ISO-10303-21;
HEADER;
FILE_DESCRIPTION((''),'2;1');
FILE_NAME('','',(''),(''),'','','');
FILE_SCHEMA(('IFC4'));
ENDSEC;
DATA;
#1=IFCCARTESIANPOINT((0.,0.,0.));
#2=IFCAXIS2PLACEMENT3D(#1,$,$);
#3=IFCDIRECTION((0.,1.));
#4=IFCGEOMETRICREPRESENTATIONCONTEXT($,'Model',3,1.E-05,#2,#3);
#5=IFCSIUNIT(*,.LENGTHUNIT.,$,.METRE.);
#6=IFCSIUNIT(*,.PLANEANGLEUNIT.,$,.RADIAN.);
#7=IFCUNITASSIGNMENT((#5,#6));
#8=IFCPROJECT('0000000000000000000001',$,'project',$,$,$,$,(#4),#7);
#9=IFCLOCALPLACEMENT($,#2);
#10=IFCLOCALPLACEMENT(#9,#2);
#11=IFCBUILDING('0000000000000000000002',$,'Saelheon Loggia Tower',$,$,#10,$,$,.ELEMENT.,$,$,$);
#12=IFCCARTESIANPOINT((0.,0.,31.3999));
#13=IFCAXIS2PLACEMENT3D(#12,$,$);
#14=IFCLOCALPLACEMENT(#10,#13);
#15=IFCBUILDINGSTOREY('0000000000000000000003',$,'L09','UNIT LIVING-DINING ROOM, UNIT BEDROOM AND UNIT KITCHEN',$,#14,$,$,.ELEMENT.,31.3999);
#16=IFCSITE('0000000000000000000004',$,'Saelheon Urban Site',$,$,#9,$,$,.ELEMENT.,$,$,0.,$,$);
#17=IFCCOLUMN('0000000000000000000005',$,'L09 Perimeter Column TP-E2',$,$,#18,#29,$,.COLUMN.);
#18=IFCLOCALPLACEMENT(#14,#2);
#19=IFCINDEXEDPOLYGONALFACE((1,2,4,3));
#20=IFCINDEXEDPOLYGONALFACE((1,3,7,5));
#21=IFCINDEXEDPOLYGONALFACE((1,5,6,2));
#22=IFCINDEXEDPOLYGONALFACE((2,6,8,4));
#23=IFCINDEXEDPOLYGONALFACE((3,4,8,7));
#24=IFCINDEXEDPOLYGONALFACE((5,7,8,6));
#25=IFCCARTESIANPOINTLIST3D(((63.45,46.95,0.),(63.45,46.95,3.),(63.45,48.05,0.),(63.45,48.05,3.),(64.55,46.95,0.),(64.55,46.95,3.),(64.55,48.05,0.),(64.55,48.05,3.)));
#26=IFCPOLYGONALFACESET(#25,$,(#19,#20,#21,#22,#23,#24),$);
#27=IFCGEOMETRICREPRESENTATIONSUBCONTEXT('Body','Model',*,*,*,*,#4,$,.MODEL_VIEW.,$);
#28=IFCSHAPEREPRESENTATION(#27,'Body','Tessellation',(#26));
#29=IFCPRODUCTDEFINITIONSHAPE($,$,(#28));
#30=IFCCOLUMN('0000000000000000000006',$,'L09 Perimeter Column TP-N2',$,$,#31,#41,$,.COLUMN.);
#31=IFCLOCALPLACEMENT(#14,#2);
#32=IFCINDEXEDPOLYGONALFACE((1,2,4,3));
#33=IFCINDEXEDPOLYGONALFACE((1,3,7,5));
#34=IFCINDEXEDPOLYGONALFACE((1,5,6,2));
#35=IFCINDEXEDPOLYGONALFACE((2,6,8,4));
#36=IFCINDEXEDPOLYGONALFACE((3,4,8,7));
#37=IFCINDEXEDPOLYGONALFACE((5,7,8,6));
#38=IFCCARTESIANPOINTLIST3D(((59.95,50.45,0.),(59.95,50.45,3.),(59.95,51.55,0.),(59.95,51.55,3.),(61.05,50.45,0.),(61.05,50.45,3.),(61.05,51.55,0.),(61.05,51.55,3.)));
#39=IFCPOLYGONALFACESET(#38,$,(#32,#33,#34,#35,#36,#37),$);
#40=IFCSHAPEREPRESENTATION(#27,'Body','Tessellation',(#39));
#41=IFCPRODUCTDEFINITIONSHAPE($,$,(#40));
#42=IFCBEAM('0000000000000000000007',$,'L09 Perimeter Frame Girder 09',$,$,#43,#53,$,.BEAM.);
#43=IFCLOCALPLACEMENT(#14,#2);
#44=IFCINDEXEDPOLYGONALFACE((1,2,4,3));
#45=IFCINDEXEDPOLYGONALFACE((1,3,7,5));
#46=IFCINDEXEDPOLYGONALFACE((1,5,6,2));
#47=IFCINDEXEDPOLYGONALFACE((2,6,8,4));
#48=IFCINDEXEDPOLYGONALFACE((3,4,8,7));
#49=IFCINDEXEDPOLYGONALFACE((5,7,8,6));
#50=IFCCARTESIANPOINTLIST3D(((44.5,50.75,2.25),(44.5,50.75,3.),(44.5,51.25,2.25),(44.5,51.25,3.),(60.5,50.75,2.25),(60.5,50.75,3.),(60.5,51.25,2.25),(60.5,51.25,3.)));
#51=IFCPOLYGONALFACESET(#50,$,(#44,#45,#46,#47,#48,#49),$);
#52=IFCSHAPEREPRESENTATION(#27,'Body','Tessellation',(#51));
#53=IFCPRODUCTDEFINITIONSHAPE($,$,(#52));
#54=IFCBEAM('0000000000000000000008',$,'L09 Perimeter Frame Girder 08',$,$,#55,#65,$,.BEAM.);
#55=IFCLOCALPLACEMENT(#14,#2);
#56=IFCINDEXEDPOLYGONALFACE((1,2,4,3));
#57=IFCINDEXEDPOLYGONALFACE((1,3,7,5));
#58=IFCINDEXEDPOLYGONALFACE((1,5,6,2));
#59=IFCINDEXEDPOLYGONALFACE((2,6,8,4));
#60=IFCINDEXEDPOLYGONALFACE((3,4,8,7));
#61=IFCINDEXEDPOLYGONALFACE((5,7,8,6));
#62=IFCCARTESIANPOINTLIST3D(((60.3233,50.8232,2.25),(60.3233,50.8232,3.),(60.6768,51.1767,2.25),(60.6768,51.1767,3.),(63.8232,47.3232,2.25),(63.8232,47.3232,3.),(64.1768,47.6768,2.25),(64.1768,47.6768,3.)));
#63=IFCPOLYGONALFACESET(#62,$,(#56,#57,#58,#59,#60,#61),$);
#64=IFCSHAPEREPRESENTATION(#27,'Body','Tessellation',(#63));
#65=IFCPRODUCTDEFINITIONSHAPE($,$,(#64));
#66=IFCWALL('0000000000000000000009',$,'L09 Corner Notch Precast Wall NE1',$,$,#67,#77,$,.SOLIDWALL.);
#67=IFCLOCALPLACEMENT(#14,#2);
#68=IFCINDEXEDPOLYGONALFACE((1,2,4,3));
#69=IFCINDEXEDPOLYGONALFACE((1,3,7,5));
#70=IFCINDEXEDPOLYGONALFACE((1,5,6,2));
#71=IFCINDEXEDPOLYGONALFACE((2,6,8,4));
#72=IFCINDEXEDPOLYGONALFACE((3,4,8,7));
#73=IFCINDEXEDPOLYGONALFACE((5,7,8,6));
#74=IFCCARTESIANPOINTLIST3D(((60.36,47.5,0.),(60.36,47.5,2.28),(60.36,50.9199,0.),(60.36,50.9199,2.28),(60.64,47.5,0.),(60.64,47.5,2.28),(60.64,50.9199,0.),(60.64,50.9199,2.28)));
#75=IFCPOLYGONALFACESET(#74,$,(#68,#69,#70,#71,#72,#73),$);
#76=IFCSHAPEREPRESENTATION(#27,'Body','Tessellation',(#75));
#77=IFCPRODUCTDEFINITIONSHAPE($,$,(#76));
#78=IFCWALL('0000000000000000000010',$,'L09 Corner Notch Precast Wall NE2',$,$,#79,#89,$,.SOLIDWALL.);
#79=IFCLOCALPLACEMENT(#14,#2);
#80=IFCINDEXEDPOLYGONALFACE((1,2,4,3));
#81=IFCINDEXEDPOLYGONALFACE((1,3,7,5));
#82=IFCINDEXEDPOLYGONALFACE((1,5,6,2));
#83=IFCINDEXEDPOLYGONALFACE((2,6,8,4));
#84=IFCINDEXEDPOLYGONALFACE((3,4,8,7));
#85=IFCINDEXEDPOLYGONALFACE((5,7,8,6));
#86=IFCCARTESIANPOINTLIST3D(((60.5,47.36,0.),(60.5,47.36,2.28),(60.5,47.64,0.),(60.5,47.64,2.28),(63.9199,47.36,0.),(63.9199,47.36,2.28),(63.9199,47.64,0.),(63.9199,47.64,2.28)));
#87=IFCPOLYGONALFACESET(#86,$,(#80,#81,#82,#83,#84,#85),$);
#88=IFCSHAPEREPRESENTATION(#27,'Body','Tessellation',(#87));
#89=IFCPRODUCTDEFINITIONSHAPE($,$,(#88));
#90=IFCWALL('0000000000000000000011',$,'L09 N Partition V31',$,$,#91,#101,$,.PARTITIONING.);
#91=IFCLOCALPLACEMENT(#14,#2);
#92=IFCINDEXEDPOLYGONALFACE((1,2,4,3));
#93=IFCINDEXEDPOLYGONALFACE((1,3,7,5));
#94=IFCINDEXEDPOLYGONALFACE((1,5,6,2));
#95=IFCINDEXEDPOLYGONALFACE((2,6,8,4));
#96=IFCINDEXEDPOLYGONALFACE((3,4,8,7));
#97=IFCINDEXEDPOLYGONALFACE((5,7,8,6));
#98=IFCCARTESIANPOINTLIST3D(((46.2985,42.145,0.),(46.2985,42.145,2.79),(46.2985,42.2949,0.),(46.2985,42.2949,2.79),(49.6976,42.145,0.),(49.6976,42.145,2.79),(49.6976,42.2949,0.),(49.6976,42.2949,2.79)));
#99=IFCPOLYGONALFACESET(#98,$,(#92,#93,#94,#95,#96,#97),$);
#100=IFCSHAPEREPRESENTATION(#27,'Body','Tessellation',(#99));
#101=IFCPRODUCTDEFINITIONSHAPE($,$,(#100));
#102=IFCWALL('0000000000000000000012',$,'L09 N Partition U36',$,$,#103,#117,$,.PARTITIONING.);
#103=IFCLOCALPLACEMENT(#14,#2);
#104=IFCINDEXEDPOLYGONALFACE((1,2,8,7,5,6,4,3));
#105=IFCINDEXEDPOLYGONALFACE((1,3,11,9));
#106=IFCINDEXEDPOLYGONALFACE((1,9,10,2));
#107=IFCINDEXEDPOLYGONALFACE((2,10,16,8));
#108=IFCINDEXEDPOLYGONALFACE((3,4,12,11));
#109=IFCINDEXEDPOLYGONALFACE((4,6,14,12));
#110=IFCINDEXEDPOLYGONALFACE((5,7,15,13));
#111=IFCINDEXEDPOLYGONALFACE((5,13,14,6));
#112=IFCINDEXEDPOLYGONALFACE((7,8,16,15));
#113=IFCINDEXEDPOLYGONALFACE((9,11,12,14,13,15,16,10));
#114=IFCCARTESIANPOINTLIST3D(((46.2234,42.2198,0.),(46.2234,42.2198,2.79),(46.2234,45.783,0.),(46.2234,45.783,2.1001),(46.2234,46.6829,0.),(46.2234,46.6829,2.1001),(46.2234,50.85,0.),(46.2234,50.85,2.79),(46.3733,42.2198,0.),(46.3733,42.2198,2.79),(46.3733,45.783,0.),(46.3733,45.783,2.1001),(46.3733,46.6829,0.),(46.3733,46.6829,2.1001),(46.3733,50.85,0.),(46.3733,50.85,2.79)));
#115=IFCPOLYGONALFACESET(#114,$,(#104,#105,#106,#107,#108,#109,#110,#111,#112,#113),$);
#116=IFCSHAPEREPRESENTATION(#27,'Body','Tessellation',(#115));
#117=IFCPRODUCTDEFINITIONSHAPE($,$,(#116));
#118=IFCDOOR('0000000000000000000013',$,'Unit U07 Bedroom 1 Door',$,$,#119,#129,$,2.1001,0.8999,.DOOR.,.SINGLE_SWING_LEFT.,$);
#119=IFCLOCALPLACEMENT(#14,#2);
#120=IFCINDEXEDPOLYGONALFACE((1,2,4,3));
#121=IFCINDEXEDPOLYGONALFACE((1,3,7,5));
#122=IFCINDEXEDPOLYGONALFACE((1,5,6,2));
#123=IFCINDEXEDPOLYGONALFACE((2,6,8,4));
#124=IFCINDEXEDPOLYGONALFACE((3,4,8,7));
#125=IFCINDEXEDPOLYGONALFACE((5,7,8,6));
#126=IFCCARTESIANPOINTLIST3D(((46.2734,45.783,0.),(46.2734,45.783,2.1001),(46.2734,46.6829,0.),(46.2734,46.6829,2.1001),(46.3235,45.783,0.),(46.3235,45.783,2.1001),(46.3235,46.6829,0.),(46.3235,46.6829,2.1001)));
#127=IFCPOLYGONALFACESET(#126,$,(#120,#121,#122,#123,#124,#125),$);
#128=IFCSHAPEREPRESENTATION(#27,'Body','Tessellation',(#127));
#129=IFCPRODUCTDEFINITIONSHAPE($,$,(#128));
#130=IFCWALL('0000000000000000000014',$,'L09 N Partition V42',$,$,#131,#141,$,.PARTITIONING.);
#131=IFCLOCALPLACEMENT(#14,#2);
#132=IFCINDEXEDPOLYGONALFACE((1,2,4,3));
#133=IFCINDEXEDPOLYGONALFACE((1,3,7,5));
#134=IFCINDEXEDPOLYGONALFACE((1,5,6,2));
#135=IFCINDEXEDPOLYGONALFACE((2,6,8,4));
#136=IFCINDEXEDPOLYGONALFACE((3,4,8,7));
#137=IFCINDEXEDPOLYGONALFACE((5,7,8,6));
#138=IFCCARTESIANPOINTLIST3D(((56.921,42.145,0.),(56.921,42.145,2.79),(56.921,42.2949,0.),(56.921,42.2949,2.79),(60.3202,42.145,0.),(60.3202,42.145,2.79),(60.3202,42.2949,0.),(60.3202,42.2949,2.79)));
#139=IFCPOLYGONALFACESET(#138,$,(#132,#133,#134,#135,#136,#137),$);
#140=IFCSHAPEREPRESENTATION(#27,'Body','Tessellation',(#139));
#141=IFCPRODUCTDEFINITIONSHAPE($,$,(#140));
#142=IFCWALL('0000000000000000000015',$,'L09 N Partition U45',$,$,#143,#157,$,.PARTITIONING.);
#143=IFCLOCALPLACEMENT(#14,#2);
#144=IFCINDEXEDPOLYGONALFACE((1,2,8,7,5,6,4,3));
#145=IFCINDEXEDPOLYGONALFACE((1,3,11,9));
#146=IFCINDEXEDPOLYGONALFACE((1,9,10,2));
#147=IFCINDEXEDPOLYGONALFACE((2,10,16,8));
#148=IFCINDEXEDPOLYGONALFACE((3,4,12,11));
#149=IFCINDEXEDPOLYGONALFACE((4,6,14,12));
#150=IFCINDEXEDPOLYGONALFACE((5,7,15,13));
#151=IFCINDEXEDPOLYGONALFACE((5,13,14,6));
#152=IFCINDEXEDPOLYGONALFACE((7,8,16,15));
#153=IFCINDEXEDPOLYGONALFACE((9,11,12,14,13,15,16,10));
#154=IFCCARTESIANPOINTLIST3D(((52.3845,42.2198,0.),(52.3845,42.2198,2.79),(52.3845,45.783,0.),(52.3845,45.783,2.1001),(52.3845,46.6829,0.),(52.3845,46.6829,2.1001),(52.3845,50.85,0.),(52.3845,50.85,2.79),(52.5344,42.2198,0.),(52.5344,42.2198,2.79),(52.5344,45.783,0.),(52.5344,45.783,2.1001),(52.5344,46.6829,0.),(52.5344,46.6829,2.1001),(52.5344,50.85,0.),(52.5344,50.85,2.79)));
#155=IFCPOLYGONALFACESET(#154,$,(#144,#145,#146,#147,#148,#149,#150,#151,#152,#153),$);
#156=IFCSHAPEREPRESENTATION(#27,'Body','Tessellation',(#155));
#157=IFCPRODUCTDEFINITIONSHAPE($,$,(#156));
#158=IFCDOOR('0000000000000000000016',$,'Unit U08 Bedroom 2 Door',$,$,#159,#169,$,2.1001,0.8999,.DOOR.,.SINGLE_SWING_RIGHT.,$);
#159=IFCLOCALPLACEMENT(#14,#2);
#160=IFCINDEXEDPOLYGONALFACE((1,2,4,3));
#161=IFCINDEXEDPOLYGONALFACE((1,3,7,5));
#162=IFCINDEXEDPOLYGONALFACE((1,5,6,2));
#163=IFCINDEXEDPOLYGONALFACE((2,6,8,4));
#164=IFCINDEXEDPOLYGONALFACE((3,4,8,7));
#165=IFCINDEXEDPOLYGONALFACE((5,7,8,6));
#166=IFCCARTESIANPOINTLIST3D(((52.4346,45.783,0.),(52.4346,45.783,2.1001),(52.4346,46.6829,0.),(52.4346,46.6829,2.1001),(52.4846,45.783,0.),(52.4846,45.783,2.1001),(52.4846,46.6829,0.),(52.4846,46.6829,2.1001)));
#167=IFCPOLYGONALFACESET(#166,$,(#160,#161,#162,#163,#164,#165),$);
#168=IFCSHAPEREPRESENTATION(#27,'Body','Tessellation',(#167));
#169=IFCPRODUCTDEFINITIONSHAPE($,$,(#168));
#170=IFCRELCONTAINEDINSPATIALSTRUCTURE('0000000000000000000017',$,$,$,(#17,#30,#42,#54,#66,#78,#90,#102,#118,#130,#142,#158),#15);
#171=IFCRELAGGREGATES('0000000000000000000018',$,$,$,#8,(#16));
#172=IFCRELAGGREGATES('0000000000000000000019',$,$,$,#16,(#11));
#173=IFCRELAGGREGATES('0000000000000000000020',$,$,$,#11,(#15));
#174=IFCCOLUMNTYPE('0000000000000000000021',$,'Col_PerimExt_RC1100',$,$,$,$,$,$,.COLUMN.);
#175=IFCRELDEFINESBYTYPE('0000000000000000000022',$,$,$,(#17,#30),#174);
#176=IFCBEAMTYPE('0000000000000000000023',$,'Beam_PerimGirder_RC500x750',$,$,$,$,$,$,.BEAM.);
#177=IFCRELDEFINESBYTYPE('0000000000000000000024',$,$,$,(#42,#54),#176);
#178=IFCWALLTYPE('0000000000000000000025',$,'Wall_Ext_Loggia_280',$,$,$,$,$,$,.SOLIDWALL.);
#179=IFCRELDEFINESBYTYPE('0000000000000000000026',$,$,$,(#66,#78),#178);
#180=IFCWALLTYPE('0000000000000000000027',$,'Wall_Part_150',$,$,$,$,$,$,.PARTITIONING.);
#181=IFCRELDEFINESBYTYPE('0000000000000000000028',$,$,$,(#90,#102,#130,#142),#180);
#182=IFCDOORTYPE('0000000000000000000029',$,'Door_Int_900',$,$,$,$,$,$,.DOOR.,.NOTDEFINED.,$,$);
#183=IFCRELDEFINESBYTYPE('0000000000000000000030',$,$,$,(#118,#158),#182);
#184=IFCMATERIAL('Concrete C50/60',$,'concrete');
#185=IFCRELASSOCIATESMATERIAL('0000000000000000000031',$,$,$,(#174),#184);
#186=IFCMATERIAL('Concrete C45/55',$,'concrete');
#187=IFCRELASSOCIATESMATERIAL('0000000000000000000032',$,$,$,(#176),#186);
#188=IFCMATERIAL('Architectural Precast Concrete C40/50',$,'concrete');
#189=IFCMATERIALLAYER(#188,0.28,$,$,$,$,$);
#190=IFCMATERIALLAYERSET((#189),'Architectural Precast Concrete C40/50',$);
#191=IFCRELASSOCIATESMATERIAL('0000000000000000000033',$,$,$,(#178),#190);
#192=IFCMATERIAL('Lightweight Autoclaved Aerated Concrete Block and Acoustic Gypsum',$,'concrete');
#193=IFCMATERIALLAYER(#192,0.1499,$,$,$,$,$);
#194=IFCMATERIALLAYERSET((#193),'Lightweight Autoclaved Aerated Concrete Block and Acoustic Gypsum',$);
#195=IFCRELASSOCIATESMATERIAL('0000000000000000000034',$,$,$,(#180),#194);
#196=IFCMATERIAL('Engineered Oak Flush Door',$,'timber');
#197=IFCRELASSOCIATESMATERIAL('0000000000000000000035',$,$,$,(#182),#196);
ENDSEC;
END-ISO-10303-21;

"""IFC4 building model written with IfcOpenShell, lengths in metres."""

from ifc_helpers import new_model, si_unit, direction, frame, frame_2d, origin, origin_2d, place, context, subcontext, project, spatial, rectangle, extrude, source, transform, mapped, material, layer, layer_set, material_profile, profile_set, type_object, element, fill, save


model = new_model("IFC4")

# Units and contexts
model_context = context("Model", 3, precision=1e-05, world=origin(), true_north=direction((0.0, 1.0)))
body_context = subcontext(model_context, "Body", "Model", "MODEL_VIEW")
ifc_project = project(units=[si_unit("LENGTHUNIT", "METRE"), si_unit("PLANEANGLEUNIT", "RADIAN")], contexts=[model_context])

# Site, building, storey
site_placement = place(None, origin())
site = spatial("IfcSite", under=ifc_project, at=site_placement, Name="Saelheon Urban Site", CompositionType="ELEMENT", RefElevation=0.0)
building_placement = place(site_placement, origin())
building = spatial("IfcBuilding", under=site, at=building_placement, Name="Saelheon Loggia Tower", CompositionType="ELEMENT")
storey_placement = place(building_placement, frame((0.0, 0.0, 31.3999)))
storey = spatial("IfcBuildingStorey", under=building, at=storey_placement, Name="L09", Description="UNIT LIVING-DINING ROOM, UNIT BEDROOM AND UNIT KITCHEN", CompositionType="ELEMENT", Elevation=31.3999)

# Columns
ifc_material_1 = material(Name="Concrete C50/60", Category="concrete")
ifc_material_profile_1 = material_profile(ifc_material_1, rectangle(XDim=1.1001, YDim=1.1001, at=origin_2d()), Name="RC-1100x1100")
ifc_profile_set_1 = profile_set([ifc_material_profile_1], Name="Concrete C50/60")
column_type = type_object("IfcColumnType", Name="Col_PerimExt_RC1100", PredefinedType="COLUMN", material=ifc_profile_set_1)
shared_shape_1 = source(origin(), body_context, "Body", "SweptSolid", [
    extrude(rectangle(XDim=1.1001, YDim=1.1001, at=origin_2d()), origin(), (0.0, 0.0, 1.0), 3.0),
])
for number, where, z_axis, x_axis, name in (
    (1, (64.0, 47.5, 0.0), (0.0, 0.0, 1.0), (1.0, 0.0, 0.0), "L09 Perimeter Column TP-E2"),
    (2, (60.5, 51.0, 0.0), (0.0, 0.0, 1.0), (1.0, 0.0, 0.0), "L09 Perimeter Column TP-N2"),
):
    element("IfcColumn", number, at=place(storey_placement, frame(where, z_axis=z_axis, x_axis=x_axis)), inside=storey, type_object=column_type, Name=name, PredefinedType="COLUMN", context=body_context, shape_type="MappedRepresentation", body=[
        mapped(shared_shape_1, transform((0.0, 0.0, 0.0), scale=1.0)),
    ])

# Beams
ifc_material_2 = material(Name="Concrete C45/55", Category="concrete")
ifc_material_profile_2 = material_profile(ifc_material_2, rectangle(XDim=0.5, YDim=0.75, at=origin_2d()), Name="RC-500x750")
ifc_profile_set_2 = profile_set([ifc_material_profile_2], Name="Concrete C45/55")
beam_type = type_object("IfcBeamType", Name="Beam_PerimGirder_RC500x750", PredefinedType="BEAM", material=ifc_profile_set_2)
shared_shape_2 = source(origin(), body_context, "Body", "SweptSolid", [
    extrude(rectangle(XDim=0.5, YDim=0.75, at=origin_2d()), origin(), (0.0, 0.0, 1.0), 16.0),
])
beam_1_placement = place(storey_placement, frame((60.5, 51.0, 2.625), z_axis=(-1.0, 0.0, 0.0), x_axis=(0.0, -1.0, 0.0)))
element("IfcBeam", 3, at=beam_1_placement, inside=storey, type_object=beam_type, Name="L09 Perimeter Frame Girder 09", PredefinedType="BEAM", context=body_context, shape_type="MappedRepresentation", body=[
    mapped(shared_shape_2, transform((0.0, 0.0, 0.0), scale=1.0)),
])
shared_shape_3 = source(origin(), body_context, "Body", "SweptSolid", [
    extrude(rectangle(XDim=0.5, YDim=0.75, at=origin_2d()), origin(), (0.0, 0.0, 1.0), 4.9497),
])
beam_2_placement = place(storey_placement, frame((64.0, 47.5, 2.625), z_axis=(-0.707107, 0.707107, 0.0), x_axis=(-0.707107, -0.707107, 0.0)))
element("IfcBeam", 4, at=beam_2_placement, inside=storey, type_object=beam_type, Name="L09 Perimeter Frame Girder 08", PredefinedType="BEAM", context=body_context, shape_type="MappedRepresentation", body=[
    mapped(shared_shape_3, transform((0.0, 0.0, 0.0), scale=1.0)),
])

# Walls
ifc_material_3 = material(Name="Architectural Precast Concrete C40/50", Category="concrete")
ifc_layer_1 = layer(ifc_material_3, 0.28)
ifc_layer_set_1 = layer_set([ifc_layer_1], Name="Architectural Precast Concrete C40/50")
wall_type_1 = type_object("IfcWallType", Name="Wall_Ext_Loggia_280", PredefinedType="SOLIDWALL", material=ifc_layer_set_1)
for number, where, z_axis, x_axis, name in (
    (5, (60.5, 47.5, 0.0), (0.0, 0.0, 1.0), (0.0, 1.0, 0.0), "L09 Corner Notch Precast Wall NE1"),
    (6, (60.5, 47.5, 0.0), (0.0, 0.0, 1.0), (1.0, 0.0, 0.0), "L09 Corner Notch Precast Wall NE2"),
):
    element("IfcWall", number, at=place(storey_placement, frame(where, z_axis=z_axis, x_axis=x_axis)), inside=storey, type_object=wall_type_1, Name=name, PredefinedType="SOLIDWALL", context=body_context, shape_type="SweptSolid", body=[
        extrude(rectangle(XDim=3.4199, YDim=0.28, at=frame_2d((1.71, 0.0))), origin(), (0.0, 0.0, 1.0), 2.28),
    ])
ifc_material_4 = material(Name="Lightweight Autoclaved Aerated Concrete Block and Acoustic Gypsum", Category="concrete")
ifc_layer_2 = layer(ifc_material_4, 0.1499)
ifc_layer_set_2 = layer_set([ifc_layer_2], Name="Lightweight Autoclaved Aerated Concrete Block and Acoustic Gypsum")
wall_type_2 = type_object("IfcWallType", Name="Wall_Part_150", PredefinedType="PARTITIONING", material=ifc_layer_set_2)
wall_1_placement = place(storey_placement, frame((46.2983, 42.22, 0.0), z_axis=(0.0, 0.0, 1.0), x_axis=(1.0, 0.0, 0.0)))
element("IfcWall", 7, at=wall_1_placement, inside=storey, type_object=wall_type_2, Name="L09 N Partition V31", PredefinedType="PARTITIONING", context=body_context, shape_type="SweptSolid", body=[
    extrude(rectangle(XDim=3.3992, YDim=0.1499, at=frame_2d((1.6997, 0.0))), origin(), (0.0, 0.0, 1.0), 2.79),
])

# Wall, opening, door
wall_2_placement = place(storey_placement, frame((46.2983, 42.22, 0.0), z_axis=(0.0, 0.0, 1.0), x_axis=(0.0, 1.0, 0.0)))
wall_2 = element("IfcWall", 8, at=wall_2_placement, inside=storey, type_object=wall_type_2, Name="L09 N Partition U36", PredefinedType="PARTITIONING", context=body_context, shape_type="SweptSolid", body=[
    extrude(rectangle(XDim=8.6301, YDim=0.1499, at=frame_2d((4.3149, 0.0))), origin(), (0.0, 0.0, 1.0), 2.79),
])
opening_1_placement = place(wall_2_placement, frame((3.563, 0.0, 0.0)))
opening_1 = element("IfcOpeningElement", 9, at=opening_1_placement, cuts=wall_2, PredefinedType="OPENING", context=body_context, shape_type="SweptSolid", body=[
    extrude(rectangle(XDim=0.8999, YDim=2.1001, at=frame_2d((0.45, 1.05))), frame((0.0, 0.0869, 0.0), z_axis=(0.0, -1.0, 0.0), x_axis=(1.0, 0.0, 0.0)), (0.0, 0.0, 1.0), 0.1738),
])
ifc_material_5 = material(Name="Engineered Oak Flush Door", Category="timber")
door_type_1 = type_object("IfcDoorType", Name="Door_Int_900", OperationType="NOTDEFINED", PredefinedType="DOOR", material=ifc_material_5)
shared_shape_4 = source(origin(), body_context, "Body", "SweptSolid", [
    extrude(rectangle(XDim=0.8999, YDim=2.1001, at=frame_2d((0.45, 1.05))), frame((0.0, 0.0249, 0.0), z_axis=(0.0, -1.0, 0.0), x_axis=(1.0, 0.0, 0.0)), (0.0, 0.0, 1.0), 0.05),
])
door_1_placement = place(opening_1_placement, origin())
door_1 = element("IfcDoor", 10, at=door_1_placement, inside=storey, type_object=door_type_1, Name="Unit U07 Bedroom 1 Door", OperationType="SINGLE_SWING_LEFT", OverallHeight=2.1001, OverallWidth=0.8999, PredefinedType="DOOR", context=body_context, shape_type="MappedRepresentation", body=[
    mapped(shared_shape_4, transform((0.0, 0.0, 0.0), scale=1.0)),
])
fill(opening_1, door_1)

# Wall
wall_3_placement = place(storey_placement, frame((56.9209, 42.22, 0.0), z_axis=(0.0, 0.0, 1.0), x_axis=(1.0, 0.0, 0.0)))
element("IfcWall", 11, at=wall_3_placement, inside=storey, type_object=wall_type_2, Name="L09 N Partition V42", PredefinedType="PARTITIONING", context=body_context, shape_type="SweptSolid", body=[
    extrude(rectangle(XDim=3.3992, YDim=0.1499, at=frame_2d((1.6997, 0.0))), origin(), (0.0, 0.0, 1.0), 2.79),
])

# Wall, opening, door
wall_4_placement = place(storey_placement, frame((52.4595, 42.22, 0.0), z_axis=(0.0, 0.0, 1.0), x_axis=(0.0, 1.0, 0.0)))
wall_4 = element("IfcWall", 12, at=wall_4_placement, inside=storey, type_object=wall_type_2, Name="L09 N Partition U45", PredefinedType="PARTITIONING", context=body_context, shape_type="SweptSolid", body=[
    extrude(rectangle(XDim=8.6301, YDim=0.1499, at=frame_2d((4.3149, 0.0))), origin(), (0.0, 0.0, 1.0), 2.79),
])
opening_2_placement = place(wall_4_placement, frame((3.563, 0.0, 0.0)))
opening_2 = element("IfcOpeningElement", 13, at=opening_2_placement, cuts=wall_4, PredefinedType="OPENING", context=body_context, shape_type="SweptSolid", body=[
    extrude(rectangle(XDim=0.8999, YDim=2.1001, at=frame_2d((0.45, 1.05))), frame((0.0, 0.0869, 0.0), z_axis=(0.0, -1.0, 0.0), x_axis=(1.0, 0.0, 0.0)), (0.0, 0.0, 1.0), 0.1738),
])
door_2_placement = place(opening_2_placement, origin())
door_2 = element("IfcDoor", 14, at=door_2_placement, inside=storey, type_object=door_type_1, Name="Unit U08 Bedroom 2 Door", OperationType="SINGLE_SWING_RIGHT", OverallHeight=2.1001, OverallWidth=0.8999, PredefinedType="DOOR", context=body_context, shape_type="MappedRepresentation", body=[
    mapped(shared_shape_4, transform((0.0, 0.0, 0.0), scale=1.0)),
])
fill(opening_2, door_2)

save(model, "model.ifc")
